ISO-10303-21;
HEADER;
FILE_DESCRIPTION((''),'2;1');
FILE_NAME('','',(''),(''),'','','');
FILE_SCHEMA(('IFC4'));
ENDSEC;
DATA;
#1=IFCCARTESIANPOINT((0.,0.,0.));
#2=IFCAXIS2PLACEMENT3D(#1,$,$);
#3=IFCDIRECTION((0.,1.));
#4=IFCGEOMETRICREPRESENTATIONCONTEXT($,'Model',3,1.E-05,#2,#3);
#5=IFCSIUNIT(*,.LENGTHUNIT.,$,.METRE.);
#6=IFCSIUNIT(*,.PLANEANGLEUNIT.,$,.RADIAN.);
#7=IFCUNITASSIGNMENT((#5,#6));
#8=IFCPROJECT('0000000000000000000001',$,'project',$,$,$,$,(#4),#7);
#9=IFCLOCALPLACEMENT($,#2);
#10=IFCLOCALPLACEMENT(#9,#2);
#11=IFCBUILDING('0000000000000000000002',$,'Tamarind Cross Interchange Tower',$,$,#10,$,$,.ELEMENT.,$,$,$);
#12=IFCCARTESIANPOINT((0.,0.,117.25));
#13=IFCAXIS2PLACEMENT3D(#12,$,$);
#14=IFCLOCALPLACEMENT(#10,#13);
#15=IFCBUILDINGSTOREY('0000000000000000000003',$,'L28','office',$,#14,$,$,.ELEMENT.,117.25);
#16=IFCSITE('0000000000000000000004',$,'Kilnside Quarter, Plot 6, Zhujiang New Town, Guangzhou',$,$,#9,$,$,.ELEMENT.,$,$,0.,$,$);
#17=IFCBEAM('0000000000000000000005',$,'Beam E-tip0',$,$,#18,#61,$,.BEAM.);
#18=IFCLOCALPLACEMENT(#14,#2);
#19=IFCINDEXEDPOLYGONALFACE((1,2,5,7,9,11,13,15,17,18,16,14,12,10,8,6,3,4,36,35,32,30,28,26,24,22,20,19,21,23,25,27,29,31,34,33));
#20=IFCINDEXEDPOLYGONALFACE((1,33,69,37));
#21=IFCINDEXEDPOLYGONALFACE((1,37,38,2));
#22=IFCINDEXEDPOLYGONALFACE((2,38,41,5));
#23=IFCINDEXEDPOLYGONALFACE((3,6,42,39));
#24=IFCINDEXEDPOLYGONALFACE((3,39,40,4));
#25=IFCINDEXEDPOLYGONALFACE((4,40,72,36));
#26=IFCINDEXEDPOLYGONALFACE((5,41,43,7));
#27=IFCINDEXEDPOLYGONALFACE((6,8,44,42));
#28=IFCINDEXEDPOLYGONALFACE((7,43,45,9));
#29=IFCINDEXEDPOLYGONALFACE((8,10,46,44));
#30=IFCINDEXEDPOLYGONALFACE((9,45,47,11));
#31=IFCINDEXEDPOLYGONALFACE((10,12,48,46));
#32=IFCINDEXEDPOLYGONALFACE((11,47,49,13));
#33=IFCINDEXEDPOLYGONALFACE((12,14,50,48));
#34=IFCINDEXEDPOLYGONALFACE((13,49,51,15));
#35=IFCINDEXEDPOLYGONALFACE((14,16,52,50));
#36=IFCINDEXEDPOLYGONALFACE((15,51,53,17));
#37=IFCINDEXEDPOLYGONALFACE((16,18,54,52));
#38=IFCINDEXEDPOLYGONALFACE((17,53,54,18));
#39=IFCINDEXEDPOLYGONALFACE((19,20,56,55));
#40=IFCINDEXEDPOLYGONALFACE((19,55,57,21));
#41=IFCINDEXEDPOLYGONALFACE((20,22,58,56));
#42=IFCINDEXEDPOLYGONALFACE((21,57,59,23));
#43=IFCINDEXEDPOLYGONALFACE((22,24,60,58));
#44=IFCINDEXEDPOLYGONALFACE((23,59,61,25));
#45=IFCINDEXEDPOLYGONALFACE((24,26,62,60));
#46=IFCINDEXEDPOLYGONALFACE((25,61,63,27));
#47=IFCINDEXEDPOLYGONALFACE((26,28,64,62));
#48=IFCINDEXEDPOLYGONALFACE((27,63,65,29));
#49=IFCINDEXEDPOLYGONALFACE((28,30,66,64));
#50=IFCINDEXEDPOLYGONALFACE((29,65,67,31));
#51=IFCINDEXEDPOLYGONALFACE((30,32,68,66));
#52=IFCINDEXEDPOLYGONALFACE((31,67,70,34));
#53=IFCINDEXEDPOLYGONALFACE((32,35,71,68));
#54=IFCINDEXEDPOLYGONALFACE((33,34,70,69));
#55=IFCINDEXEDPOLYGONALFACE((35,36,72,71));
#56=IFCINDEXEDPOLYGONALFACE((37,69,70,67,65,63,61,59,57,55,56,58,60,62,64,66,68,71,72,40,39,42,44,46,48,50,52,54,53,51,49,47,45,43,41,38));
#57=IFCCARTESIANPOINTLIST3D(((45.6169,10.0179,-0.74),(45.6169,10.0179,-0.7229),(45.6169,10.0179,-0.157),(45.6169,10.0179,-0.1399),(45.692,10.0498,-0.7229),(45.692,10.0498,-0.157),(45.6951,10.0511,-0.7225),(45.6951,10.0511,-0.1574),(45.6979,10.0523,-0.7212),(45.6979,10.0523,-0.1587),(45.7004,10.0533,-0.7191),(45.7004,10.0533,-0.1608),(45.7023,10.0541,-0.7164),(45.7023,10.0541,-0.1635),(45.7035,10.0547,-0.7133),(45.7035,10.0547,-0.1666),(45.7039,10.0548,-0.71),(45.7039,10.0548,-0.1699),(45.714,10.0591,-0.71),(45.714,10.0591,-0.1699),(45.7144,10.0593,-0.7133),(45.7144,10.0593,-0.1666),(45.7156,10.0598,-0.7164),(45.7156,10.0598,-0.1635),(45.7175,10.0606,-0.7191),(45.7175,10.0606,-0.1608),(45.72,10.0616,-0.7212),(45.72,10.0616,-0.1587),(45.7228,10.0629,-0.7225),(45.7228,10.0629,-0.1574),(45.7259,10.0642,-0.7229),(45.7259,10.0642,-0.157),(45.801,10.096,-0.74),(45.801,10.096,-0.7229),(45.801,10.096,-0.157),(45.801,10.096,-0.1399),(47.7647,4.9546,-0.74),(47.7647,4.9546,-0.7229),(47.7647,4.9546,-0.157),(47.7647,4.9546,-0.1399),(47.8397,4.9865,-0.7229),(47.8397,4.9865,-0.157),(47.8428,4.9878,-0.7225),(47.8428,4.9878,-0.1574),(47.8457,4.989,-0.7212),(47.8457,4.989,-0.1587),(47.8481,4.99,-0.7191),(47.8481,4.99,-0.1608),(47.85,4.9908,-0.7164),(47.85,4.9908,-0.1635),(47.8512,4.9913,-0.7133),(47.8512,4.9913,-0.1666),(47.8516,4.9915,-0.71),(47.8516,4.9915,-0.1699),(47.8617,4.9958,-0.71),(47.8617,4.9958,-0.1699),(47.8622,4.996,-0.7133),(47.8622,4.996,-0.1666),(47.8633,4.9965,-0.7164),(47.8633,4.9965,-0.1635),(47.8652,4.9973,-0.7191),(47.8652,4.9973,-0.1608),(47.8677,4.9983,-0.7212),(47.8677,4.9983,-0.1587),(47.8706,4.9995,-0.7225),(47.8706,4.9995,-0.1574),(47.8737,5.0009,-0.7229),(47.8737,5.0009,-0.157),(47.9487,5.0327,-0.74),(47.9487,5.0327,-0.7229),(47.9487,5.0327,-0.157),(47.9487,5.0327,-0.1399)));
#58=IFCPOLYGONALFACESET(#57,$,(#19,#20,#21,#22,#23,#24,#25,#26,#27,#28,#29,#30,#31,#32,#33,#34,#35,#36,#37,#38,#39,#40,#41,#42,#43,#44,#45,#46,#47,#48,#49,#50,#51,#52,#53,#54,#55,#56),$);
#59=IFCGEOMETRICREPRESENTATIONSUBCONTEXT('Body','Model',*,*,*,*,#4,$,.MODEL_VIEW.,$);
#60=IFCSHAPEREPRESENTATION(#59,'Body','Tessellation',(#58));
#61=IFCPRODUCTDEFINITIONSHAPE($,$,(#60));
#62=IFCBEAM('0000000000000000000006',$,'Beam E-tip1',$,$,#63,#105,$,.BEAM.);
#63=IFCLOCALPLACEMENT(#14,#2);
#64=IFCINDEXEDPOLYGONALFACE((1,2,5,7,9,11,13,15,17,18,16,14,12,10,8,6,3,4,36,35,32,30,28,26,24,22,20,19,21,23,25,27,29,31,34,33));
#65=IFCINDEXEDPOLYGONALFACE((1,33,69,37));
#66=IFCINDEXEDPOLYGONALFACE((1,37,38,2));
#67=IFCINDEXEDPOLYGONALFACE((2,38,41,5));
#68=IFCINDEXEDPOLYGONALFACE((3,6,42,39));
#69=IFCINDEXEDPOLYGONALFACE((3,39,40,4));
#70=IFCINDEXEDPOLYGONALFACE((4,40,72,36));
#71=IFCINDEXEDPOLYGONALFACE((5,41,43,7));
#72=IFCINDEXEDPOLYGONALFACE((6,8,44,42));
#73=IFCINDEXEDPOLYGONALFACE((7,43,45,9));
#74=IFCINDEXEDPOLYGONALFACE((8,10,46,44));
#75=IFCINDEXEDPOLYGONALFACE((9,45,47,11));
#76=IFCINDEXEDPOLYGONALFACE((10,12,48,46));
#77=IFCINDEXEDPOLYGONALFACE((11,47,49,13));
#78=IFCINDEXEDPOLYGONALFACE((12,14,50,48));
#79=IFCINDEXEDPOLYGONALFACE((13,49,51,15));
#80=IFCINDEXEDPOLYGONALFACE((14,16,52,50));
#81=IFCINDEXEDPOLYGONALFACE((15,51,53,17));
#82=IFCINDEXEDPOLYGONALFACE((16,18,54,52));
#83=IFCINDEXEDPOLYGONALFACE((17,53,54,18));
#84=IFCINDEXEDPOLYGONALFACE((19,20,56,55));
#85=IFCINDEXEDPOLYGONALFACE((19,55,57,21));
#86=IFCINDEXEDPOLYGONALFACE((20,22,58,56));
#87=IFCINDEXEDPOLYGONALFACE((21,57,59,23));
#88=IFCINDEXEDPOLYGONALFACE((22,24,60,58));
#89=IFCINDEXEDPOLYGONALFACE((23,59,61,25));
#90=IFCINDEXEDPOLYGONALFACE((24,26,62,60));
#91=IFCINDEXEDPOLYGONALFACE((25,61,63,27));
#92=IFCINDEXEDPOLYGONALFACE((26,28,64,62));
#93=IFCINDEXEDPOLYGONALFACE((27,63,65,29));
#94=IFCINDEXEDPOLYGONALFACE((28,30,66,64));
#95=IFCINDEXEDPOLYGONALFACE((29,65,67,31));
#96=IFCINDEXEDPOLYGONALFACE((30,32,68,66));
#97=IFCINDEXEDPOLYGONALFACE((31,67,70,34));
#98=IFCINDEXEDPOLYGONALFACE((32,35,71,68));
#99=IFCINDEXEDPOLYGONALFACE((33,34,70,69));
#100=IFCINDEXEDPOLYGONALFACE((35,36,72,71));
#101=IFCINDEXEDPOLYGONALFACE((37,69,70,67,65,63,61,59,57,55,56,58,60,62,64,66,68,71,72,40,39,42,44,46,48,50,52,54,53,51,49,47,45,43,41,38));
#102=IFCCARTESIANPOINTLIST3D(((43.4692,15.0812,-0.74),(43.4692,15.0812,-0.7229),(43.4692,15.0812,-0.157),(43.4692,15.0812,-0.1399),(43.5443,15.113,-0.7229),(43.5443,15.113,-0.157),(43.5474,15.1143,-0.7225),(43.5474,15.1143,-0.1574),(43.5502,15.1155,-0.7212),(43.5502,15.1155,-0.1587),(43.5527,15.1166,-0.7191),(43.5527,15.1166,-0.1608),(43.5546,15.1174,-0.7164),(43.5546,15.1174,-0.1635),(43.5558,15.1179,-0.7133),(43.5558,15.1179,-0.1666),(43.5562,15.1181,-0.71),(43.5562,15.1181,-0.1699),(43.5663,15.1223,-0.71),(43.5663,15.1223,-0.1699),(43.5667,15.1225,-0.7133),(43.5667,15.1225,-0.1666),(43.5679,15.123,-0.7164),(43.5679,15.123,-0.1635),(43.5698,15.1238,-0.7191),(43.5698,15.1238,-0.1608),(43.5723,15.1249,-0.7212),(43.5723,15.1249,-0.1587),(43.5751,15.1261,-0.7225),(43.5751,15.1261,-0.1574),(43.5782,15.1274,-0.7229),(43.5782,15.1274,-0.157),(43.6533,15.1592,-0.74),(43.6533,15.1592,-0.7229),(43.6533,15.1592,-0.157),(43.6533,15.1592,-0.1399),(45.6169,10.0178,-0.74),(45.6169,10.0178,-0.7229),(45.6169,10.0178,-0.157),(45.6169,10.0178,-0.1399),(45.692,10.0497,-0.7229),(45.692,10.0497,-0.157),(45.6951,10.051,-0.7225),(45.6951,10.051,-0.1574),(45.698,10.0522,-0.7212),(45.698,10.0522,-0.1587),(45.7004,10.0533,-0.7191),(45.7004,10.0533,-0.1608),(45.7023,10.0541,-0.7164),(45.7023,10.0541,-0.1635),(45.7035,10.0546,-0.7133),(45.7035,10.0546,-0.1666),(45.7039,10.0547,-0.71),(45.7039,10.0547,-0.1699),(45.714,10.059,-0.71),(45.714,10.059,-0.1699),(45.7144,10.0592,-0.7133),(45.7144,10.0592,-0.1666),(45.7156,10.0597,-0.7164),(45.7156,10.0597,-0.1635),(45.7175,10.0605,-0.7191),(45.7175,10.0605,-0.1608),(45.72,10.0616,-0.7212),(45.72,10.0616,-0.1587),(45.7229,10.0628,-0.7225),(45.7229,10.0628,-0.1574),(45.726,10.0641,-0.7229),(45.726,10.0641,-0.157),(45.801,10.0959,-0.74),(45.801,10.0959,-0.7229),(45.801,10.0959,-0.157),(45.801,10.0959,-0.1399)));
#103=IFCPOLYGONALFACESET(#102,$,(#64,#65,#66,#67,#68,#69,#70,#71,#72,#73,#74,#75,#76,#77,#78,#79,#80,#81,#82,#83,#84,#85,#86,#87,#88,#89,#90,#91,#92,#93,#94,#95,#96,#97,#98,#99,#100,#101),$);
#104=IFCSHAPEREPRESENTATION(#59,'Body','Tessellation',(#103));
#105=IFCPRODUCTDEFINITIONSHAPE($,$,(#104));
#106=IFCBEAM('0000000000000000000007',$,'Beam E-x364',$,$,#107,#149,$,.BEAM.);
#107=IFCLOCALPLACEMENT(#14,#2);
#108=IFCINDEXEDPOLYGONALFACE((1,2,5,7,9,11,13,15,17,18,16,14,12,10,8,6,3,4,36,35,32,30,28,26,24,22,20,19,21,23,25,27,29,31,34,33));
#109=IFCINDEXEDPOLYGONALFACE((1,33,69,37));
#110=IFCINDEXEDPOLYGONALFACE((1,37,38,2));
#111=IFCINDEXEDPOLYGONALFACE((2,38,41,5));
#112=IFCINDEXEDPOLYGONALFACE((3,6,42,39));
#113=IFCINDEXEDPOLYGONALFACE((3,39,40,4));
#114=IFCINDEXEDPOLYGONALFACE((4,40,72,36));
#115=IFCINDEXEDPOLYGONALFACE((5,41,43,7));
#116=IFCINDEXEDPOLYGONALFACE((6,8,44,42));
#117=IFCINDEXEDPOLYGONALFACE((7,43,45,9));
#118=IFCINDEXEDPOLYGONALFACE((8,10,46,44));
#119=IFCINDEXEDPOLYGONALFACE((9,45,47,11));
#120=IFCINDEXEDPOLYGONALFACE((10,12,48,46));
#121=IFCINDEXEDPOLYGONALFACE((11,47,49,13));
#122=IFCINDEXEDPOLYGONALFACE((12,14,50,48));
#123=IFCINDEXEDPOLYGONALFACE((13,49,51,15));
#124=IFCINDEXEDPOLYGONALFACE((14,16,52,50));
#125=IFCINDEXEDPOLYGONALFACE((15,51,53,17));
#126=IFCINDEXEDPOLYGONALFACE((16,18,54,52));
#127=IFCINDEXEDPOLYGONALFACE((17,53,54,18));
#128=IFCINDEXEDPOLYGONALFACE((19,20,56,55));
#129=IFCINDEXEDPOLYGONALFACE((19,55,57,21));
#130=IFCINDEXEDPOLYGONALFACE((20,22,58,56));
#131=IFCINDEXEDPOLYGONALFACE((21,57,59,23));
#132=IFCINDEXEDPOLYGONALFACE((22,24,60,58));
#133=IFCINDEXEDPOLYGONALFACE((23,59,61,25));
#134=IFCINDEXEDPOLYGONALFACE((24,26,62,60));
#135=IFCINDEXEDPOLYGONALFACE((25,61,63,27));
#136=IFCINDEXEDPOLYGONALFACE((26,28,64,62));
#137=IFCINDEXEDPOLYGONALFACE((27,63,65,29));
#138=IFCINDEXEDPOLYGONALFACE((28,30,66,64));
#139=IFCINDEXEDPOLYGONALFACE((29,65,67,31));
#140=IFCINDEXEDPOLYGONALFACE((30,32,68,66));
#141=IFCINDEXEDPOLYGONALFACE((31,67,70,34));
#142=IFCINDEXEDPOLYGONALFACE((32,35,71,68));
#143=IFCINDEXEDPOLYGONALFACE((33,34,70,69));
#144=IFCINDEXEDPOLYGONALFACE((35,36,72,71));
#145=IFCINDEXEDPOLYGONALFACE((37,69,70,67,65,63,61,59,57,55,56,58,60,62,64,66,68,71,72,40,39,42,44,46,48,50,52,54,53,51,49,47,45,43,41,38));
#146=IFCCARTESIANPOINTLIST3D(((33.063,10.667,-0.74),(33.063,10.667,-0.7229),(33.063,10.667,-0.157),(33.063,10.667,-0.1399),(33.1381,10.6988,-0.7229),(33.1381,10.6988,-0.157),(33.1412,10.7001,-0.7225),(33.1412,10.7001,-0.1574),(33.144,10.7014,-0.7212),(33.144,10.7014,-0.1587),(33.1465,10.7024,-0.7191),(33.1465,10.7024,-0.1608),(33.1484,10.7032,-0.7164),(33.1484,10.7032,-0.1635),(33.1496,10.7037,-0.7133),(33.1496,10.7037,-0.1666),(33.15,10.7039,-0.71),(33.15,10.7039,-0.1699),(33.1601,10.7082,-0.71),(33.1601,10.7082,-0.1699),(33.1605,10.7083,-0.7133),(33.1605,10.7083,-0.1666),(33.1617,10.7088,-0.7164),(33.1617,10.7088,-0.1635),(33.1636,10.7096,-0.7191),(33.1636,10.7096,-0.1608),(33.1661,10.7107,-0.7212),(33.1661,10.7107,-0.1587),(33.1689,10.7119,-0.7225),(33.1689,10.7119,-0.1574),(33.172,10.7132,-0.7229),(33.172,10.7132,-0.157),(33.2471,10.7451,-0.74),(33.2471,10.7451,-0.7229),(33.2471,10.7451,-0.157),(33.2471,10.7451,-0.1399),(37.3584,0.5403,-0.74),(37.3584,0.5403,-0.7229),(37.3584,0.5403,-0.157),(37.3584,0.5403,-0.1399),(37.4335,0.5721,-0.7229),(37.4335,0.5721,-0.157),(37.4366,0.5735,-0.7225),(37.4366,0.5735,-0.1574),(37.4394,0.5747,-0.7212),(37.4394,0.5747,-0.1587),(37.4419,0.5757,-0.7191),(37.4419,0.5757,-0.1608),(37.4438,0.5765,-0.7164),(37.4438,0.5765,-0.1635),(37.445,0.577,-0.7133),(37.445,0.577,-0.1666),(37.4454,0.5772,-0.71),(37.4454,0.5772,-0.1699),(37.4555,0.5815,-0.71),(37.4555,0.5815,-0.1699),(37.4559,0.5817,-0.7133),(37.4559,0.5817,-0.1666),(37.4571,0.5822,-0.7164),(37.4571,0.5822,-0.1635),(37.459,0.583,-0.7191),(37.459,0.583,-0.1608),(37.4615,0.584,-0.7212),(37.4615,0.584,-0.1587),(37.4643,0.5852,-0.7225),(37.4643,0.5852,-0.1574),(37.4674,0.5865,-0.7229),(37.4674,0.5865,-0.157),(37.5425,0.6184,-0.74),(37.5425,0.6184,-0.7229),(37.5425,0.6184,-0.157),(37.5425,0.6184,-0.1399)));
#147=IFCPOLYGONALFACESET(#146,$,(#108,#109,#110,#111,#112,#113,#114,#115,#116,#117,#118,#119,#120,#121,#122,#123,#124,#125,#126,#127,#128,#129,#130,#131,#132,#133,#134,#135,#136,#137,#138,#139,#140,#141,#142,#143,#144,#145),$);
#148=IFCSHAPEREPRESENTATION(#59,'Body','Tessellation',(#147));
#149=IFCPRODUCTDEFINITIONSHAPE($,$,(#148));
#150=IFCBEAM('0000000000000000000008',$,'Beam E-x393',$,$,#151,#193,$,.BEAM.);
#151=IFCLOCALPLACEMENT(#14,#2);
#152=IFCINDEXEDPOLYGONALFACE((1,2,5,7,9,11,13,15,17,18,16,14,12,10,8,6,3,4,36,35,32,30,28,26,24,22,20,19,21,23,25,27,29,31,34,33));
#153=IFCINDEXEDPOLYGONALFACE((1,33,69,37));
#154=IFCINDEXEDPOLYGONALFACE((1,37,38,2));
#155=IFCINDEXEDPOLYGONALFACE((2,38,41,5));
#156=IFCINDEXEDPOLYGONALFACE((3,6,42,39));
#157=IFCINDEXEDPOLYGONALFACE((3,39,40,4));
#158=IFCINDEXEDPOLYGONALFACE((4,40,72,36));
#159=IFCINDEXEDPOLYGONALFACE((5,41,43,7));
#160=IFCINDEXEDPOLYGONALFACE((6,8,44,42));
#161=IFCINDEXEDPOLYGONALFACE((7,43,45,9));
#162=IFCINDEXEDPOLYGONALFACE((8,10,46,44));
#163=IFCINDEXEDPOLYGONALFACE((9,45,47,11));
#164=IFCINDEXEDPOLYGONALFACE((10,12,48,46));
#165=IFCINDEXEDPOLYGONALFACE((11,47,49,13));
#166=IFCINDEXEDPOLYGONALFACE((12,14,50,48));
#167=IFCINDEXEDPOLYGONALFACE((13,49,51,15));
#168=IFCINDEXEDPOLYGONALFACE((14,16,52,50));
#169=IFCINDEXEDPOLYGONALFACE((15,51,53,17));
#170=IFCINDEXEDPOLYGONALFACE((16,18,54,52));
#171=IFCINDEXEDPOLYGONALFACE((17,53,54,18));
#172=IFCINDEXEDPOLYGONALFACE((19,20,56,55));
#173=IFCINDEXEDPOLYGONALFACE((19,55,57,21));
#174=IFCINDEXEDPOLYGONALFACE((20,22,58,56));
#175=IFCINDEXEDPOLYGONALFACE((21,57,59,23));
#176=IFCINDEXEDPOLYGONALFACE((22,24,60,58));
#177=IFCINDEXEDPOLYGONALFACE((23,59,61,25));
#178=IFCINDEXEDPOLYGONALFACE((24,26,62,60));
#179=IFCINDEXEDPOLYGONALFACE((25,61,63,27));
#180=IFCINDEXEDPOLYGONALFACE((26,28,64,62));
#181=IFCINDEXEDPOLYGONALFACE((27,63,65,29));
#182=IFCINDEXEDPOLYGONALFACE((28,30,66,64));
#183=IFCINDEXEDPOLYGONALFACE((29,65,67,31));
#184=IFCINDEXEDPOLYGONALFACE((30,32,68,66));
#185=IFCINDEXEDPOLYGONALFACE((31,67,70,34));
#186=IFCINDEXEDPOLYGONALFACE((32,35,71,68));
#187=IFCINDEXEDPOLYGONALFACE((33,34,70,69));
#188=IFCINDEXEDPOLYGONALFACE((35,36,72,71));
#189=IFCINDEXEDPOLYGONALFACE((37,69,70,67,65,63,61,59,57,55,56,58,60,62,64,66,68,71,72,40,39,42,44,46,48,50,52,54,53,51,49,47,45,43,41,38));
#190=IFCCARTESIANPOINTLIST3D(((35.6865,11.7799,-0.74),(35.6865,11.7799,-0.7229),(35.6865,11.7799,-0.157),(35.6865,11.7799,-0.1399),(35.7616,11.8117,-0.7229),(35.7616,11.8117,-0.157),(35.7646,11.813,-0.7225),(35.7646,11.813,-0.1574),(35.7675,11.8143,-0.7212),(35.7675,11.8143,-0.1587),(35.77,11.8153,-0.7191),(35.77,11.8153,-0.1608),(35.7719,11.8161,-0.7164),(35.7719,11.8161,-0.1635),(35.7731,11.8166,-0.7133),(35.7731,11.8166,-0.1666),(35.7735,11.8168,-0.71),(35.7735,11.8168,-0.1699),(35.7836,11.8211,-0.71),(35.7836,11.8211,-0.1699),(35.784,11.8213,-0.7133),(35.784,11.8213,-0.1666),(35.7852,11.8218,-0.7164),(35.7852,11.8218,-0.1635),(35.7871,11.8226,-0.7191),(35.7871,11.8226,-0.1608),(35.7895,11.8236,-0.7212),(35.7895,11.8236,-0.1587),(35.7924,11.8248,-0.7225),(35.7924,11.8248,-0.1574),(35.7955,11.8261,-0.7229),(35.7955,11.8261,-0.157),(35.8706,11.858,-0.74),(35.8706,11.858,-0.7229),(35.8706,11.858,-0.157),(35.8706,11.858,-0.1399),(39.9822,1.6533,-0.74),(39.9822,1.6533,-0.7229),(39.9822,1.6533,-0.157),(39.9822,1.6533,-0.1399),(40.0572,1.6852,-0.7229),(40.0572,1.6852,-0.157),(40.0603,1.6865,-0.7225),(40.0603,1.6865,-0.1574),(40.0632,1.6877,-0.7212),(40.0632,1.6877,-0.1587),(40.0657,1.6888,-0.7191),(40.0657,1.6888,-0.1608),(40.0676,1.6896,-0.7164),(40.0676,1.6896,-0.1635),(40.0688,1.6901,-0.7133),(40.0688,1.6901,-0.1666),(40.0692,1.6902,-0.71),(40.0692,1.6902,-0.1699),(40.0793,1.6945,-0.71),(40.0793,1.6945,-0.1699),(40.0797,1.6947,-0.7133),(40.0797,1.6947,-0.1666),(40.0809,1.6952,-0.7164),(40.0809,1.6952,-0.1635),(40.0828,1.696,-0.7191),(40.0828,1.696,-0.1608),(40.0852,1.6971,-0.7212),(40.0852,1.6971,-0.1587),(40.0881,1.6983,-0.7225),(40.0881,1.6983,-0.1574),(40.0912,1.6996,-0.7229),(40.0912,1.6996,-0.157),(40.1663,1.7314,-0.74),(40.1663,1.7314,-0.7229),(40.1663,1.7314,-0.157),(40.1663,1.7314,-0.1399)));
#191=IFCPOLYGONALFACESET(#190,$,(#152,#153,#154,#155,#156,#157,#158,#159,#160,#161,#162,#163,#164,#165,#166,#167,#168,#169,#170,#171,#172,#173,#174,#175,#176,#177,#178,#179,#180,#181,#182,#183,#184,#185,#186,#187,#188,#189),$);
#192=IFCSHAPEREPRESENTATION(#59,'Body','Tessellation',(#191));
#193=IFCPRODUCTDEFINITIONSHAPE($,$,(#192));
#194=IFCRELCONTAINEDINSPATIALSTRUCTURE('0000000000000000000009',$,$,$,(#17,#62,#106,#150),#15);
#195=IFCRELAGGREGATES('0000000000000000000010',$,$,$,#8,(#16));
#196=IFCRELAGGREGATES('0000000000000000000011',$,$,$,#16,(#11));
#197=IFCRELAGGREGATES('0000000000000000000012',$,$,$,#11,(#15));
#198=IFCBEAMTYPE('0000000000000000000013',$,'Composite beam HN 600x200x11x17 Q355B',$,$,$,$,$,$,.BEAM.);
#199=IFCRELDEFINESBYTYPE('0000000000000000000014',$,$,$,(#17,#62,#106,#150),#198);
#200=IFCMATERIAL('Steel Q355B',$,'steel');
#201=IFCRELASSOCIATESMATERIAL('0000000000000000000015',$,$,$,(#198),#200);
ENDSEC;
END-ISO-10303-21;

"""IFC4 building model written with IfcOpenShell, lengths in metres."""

from ifc_helpers import new_model, si_unit, direction, frame, origin, origin_2d, place, context, subcontext, project, spatial, i_section, extrude, material, material_profile, profile_set, type_object, element, save


model = new_model("IFC4")

# Units and contexts
model_context = context("Model", 3, precision=1e-05, world=origin(), true_north=direction((0.0, 1.0)))
body_context = subcontext(model_context, "Body", "Model", "MODEL_VIEW")
ifc_project = project(units=[si_unit("LENGTHUNIT", "METRE"), si_unit("PLANEANGLEUNIT", "RADIAN")], contexts=[model_context])

# Site, building, storey
site_placement = place(None, origin())
site = spatial("IfcSite", under=ifc_project, at=site_placement, Name="Kilnside Quarter, Plot 6, Zhujiang New Town, Guangzhou", CompositionType="ELEMENT", RefElevation=0.0)
building_placement = place(site_placement, origin())
building = spatial("IfcBuilding", under=site, at=building_placement, Name="Tamarind Cross Interchange Tower", CompositionType="ELEMENT")
storey_placement = place(building_placement, frame((0.0, 0.0, 117.25)))
storey = spatial("IfcBuildingStorey", under=building, at=storey_placement, Name="L28", Description="office", CompositionType="ELEMENT", Elevation=117.25)

# Beams
ifc_material_1 = material(Name="Steel Q355B", Category="steel")
ifc_material_profile_1 = material_profile(ifc_material_1, i_section(OverallWidth=0.2, OverallDepth=0.6001, WebThickness=0.011, FlangeThickness=0.0171, FilletRadius=0.0129, at=origin_2d()), Name="HN 600x200x11x17")
ifc_profile_set_1 = profile_set([ifc_material_profile_1], Name="Steel Q355B")
beam_type_1 = type_object("IfcBeamType", Name="Composite beam HN 600x200x11x17 Q355B", PredefinedType="BEAM", material=ifc_profile_set_1)
for number, where, z_axis, x_axis, name in (
    (1, (47.8567, 4.9937, -0.4399), (-0.390499, 0.920604, 0.0), (-0.920604, -0.390499, 0.0), "Beam E-tip0"),
    (2, (45.709, 10.0569, -0.4399), (-0.390499, 0.920604, 0.0), (-0.920604, -0.390499, 0.0), "Beam E-tip1"),
):
    element("IfcBeam", number, at=place(storey_placement, frame(where, z_axis=z_axis, x_axis=x_axis)), inside=storey, type_object=beam_type_1, Name=name, PredefinedType="BEAM", context=body_context, shape_type="SweptSolid", body=[
        extrude(i_section(OverallWidth=0.2, OverallDepth=0.6001, WebThickness=0.011, FlangeThickness=0.0171, FilletRadius=0.0129, at=origin_2d()), origin(), (0.0, 0.0, 1.0), 5.5),
    ])
for number, where, z_axis, x_axis, name in (
    (3, (37.4504, 0.5793, -0.4399), (-0.390491, 0.920607, 0.0), (-0.920607, -0.390491, 0.0), "Beam E-x364"),
    (4, (40.0742, 1.6924, -0.4399), (-0.390517, 0.920596, 0.0), (-0.920596, -0.390517, 0.0), "Beam E-x393"),
):
    element("IfcBeam", number, at=place(storey_placement, frame(where, z_axis=z_axis, x_axis=x_axis)), inside=storey, type_object=beam_type_1, Name=name, PredefinedType="BEAM", context=body_context, shape_type="SweptSolid", body=[
        extrude(i_section(OverallWidth=0.2, OverallDepth=0.6001, WebThickness=0.011, FlangeThickness=0.0171, FilletRadius=0.0129, at=origin_2d()), origin(), (0.0, 0.0, 1.0), 11.0),
    ])

save(model, "model.ifc")
